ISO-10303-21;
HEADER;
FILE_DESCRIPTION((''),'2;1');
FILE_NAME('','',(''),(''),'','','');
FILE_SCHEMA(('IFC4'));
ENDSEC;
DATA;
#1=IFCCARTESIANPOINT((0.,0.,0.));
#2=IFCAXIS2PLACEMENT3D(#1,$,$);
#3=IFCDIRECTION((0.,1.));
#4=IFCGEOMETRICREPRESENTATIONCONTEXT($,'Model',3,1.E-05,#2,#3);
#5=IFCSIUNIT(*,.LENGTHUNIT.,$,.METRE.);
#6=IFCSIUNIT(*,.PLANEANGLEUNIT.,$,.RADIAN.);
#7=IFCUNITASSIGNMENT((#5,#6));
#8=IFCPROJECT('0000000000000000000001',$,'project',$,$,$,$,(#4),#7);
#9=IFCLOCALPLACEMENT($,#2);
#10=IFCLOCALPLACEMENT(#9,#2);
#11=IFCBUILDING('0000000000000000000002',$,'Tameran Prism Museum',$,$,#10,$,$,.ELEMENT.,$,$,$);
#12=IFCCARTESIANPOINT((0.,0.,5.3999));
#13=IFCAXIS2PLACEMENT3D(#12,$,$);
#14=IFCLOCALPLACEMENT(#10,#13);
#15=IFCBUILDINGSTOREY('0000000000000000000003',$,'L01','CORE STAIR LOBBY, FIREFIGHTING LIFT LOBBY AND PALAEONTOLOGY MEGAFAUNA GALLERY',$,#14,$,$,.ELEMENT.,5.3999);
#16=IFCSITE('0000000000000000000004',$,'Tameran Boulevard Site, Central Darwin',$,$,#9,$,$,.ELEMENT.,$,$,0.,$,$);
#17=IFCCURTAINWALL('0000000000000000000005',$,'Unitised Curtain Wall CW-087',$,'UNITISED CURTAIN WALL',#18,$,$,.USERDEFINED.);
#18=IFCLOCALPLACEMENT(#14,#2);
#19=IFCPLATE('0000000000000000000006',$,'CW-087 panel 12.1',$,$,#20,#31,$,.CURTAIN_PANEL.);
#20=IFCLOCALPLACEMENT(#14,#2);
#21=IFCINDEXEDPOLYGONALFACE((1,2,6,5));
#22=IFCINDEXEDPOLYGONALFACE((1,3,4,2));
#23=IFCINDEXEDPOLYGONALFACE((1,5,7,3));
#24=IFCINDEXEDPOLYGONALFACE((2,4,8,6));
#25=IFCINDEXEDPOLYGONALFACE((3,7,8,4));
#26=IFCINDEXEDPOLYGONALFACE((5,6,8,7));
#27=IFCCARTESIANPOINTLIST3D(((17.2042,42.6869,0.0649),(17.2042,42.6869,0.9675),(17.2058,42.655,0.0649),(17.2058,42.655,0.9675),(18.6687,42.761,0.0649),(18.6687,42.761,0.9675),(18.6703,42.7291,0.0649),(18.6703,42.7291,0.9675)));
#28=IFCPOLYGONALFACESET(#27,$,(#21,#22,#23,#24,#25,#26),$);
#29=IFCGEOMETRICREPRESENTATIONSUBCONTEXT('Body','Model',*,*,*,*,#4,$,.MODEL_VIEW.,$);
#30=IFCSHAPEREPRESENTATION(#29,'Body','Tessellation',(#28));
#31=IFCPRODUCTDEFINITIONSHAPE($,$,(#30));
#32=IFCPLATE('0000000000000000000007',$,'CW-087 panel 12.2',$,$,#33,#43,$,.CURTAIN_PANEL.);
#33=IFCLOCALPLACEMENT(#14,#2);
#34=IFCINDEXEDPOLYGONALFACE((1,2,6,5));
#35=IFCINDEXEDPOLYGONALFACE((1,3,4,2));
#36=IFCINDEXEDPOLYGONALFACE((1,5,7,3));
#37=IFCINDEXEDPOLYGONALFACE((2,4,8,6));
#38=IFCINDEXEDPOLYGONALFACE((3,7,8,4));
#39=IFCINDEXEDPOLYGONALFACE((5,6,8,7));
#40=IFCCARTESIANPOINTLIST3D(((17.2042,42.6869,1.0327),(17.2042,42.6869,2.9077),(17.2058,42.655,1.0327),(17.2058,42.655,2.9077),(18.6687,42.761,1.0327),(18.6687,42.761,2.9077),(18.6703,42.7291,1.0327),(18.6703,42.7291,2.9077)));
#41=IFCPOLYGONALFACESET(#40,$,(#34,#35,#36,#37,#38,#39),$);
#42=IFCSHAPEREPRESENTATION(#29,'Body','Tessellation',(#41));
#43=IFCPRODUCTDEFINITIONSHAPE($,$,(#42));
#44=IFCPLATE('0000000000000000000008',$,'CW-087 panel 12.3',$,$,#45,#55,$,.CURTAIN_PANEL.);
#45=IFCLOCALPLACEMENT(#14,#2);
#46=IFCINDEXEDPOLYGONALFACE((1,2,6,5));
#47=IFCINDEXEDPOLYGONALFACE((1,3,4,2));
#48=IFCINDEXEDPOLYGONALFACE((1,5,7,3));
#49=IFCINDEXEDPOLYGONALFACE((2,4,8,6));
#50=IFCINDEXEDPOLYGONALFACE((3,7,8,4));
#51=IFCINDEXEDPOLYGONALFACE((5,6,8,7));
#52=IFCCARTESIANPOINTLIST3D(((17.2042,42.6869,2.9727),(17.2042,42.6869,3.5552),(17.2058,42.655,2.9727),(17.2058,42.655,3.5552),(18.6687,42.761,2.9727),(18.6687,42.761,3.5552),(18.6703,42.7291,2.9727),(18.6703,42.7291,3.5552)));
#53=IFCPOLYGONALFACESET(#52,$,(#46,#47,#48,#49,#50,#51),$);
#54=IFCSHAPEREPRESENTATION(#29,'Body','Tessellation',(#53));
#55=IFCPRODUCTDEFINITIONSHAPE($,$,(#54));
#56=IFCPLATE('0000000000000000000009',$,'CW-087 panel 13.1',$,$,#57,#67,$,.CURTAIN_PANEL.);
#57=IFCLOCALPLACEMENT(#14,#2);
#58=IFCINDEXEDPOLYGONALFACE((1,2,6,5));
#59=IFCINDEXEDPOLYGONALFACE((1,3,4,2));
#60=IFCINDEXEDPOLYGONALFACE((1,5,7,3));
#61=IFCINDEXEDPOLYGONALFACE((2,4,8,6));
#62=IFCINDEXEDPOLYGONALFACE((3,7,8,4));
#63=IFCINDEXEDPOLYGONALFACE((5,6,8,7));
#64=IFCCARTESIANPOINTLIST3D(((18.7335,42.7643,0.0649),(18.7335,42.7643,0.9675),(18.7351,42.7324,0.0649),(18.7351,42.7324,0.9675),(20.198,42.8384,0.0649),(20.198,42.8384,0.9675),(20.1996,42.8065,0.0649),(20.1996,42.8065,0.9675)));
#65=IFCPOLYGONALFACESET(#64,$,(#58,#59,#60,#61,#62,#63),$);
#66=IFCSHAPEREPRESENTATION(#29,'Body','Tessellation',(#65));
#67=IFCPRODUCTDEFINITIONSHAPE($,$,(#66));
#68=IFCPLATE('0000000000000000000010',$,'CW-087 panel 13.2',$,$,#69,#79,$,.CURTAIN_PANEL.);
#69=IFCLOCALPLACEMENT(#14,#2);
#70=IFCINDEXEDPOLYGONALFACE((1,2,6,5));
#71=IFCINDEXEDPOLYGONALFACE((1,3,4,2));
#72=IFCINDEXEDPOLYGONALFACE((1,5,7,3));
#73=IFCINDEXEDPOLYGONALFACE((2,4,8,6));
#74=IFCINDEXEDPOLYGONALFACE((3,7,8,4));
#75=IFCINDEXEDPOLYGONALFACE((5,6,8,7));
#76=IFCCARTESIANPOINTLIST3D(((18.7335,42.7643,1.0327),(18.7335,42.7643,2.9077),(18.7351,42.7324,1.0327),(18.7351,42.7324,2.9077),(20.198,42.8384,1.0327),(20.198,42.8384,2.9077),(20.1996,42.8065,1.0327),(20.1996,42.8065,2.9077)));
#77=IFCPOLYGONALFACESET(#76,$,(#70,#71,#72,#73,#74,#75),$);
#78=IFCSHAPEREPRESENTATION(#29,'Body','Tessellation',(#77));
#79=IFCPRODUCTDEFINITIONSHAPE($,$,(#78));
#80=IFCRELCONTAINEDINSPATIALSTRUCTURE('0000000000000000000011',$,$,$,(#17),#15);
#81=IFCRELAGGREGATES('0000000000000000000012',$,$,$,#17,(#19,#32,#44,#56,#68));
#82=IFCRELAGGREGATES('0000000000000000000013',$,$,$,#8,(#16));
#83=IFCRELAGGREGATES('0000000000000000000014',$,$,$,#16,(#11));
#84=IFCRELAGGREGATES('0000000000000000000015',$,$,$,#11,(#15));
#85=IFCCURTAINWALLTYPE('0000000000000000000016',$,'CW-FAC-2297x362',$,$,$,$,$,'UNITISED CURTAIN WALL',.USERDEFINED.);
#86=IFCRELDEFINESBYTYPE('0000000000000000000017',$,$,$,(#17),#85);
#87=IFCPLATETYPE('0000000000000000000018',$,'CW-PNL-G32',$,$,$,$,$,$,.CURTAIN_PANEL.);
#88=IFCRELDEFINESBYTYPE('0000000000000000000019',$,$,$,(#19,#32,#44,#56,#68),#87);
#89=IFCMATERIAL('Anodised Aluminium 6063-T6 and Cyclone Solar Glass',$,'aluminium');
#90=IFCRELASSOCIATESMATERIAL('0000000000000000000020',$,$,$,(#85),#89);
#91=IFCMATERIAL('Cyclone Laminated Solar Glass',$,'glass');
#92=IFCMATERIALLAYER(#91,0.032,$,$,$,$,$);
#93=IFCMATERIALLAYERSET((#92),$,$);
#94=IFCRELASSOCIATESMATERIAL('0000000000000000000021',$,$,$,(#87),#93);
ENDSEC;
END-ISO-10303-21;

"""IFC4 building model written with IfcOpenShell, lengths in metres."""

from ifc_helpers import new_model, si_unit, direction, frame, origin, origin_2d, place, context, subcontext, project, spatial, rectangle, extrude, material, layer, layer_set, type_object, element, aggregate, save


model = new_model("IFC4")

# Units and contexts
model_context = context("Model", 3, precision=1e-05, world=origin(), true_north=direction((0.0, 1.0)))
body_context = subcontext(model_context, "Body", "Model", "MODEL_VIEW")
ifc_project = project(units=[si_unit("LENGTHUNIT", "METRE"), si_unit("PLANEANGLEUNIT", "RADIAN")], contexts=[model_context])

# Site, building, storey
site_placement = place(None, origin())
site = spatial("IfcSite", under=ifc_project, at=site_placement, Name="Tameran Boulevard Site, Central Darwin", CompositionType="ELEMENT", RefElevation=0.0)
building_placement = place(site_placement, origin())
building = spatial("IfcBuilding", under=site, at=building_placement, Name="Tameran Prism Museum", CompositionType="ELEMENT")
storey_placement = place(building_placement, frame((0.0, 0.0, 5.3999)))
storey = spatial("IfcBuildingStorey", under=building, at=storey_placement, Name="L01", Description="CORE STAIR LOBBY, FIREFIGHTING LIFT LOBBY AND PALAEONTOLOGY MEGAFAUNA GALLERY", CompositionType="ELEMENT", Elevation=5.3999)

# Curtain wall
ifc_material_1 = material(Name="Anodised Aluminium 6063-T6 and Cyclone Solar Glass", Category="aluminium")
curtain_wall_type_1 = type_object("IfcCurtainWallType", Name="CW-FAC-2297x362", ElementType="UNITISED CURTAIN WALL", PredefinedType="USERDEFINED", material=ifc_material_1)
curtain_wall_1_placement = place(storey_placement, origin())
curtain_wall_1 = element("IfcCurtainWall", 1, at=curtain_wall_1_placement, inside=storey, type_object=curtain_wall_type_1, Name="Unitised Curtain Wall CW-087", ObjectType="UNITISED CURTAIN WALL", PredefinedType="USERDEFINED")

# Plates
ifc_material_2 = material(Name="Cyclone Laminated Solar Glass", Category="glass")
ifc_layer_1 = layer(ifc_material_2, 0.032)
ifc_layer_set_1 = layer_set([ifc_layer_1])
plate_type_1 = type_object("IfcPlateType", Name="CW-PNL-G32", PredefinedType="CURTAIN_PANEL", material=ifc_layer_set_1)
plate_1_placement = place(storey_placement, frame((17.9373, 42.708, 0.0649), z_axis=(0.0, 0.0, 1.0), x_axis=(0.998722, 0.050546, 0.0)))
plate_1 = element("IfcPlate", 2, at=plate_1_placement, type_object=plate_type_1, Name="CW-087 panel 12.1", PredefinedType="CURTAIN_PANEL", context=body_context, shape_type="SweptSolid", body=[
    extrude(rectangle(XDim=1.4663, YDim=0.032, at=origin_2d()), origin(), (0.0, 0.0, 1.0), 0.9026),
])
plate_2_placement = place(storey_placement, frame((17.9373, 42.708, 1.0327), z_axis=(0.0, 0.0, 1.0), x_axis=(0.998722, 0.050546, 0.0)))
plate_2 = element("IfcPlate", 3, at=plate_2_placement, type_object=plate_type_1, Name="CW-087 panel 12.2", PredefinedType="CURTAIN_PANEL", context=body_context, shape_type="SweptSolid", body=[
    extrude(rectangle(XDim=1.4663, YDim=0.032, at=origin_2d()), origin(), (0.0, 0.0, 1.0), 1.875),
])
plate_3_placement = place(storey_placement, frame((17.9373, 42.708, 2.9727), z_axis=(0.0, 0.0, 1.0), x_axis=(0.998722, 0.050546, 0.0)))
plate_3 = element("IfcPlate", 4, at=plate_3_placement, type_object=plate_type_1, Name="CW-087 panel 12.3", PredefinedType="CURTAIN_PANEL", context=body_context, shape_type="SweptSolid", body=[
    extrude(rectangle(XDim=1.4663, YDim=0.032, at=origin_2d()), origin(), (0.0, 0.0, 1.0), 0.5825),
])
plate_4_placement = place(storey_placement, frame((19.4666, 42.7854, 0.0649), z_axis=(0.0, 0.0, 1.0), x_axis=(0.998722, 0.050546, 0.0)))
plate_4 = element("IfcPlate", 5, at=plate_4_placement, type_object=plate_type_1, Name="CW-087 panel 13.1", PredefinedType="CURTAIN_PANEL", context=body_context, shape_type="SweptSolid", body=[
    extrude(rectangle(XDim=1.4663, YDim=0.032, at=origin_2d()), origin(), (0.0, 0.0, 1.0), 0.9026),
])
plate_5_placement = place(storey_placement, frame((19.4666, 42.7854, 1.0327), z_axis=(0.0, 0.0, 1.0), x_axis=(0.998722, 0.050546, 0.0)))
plate_5 = element("IfcPlate", 6, at=plate_5_placement, type_object=plate_type_1, Name="CW-087 panel 13.2", PredefinedType="CURTAIN_PANEL", context=body_context, shape_type="SweptSolid", body=[
    extrude(rectangle(XDim=1.4663, YDim=0.032, at=origin_2d()), origin(), (0.0, 0.0, 1.0), 1.875),
])
aggregate(curtain_wall_1, [plate_1, plate_2, plate_3, plate_4, plate_5])

save(model, "model.ifc")
